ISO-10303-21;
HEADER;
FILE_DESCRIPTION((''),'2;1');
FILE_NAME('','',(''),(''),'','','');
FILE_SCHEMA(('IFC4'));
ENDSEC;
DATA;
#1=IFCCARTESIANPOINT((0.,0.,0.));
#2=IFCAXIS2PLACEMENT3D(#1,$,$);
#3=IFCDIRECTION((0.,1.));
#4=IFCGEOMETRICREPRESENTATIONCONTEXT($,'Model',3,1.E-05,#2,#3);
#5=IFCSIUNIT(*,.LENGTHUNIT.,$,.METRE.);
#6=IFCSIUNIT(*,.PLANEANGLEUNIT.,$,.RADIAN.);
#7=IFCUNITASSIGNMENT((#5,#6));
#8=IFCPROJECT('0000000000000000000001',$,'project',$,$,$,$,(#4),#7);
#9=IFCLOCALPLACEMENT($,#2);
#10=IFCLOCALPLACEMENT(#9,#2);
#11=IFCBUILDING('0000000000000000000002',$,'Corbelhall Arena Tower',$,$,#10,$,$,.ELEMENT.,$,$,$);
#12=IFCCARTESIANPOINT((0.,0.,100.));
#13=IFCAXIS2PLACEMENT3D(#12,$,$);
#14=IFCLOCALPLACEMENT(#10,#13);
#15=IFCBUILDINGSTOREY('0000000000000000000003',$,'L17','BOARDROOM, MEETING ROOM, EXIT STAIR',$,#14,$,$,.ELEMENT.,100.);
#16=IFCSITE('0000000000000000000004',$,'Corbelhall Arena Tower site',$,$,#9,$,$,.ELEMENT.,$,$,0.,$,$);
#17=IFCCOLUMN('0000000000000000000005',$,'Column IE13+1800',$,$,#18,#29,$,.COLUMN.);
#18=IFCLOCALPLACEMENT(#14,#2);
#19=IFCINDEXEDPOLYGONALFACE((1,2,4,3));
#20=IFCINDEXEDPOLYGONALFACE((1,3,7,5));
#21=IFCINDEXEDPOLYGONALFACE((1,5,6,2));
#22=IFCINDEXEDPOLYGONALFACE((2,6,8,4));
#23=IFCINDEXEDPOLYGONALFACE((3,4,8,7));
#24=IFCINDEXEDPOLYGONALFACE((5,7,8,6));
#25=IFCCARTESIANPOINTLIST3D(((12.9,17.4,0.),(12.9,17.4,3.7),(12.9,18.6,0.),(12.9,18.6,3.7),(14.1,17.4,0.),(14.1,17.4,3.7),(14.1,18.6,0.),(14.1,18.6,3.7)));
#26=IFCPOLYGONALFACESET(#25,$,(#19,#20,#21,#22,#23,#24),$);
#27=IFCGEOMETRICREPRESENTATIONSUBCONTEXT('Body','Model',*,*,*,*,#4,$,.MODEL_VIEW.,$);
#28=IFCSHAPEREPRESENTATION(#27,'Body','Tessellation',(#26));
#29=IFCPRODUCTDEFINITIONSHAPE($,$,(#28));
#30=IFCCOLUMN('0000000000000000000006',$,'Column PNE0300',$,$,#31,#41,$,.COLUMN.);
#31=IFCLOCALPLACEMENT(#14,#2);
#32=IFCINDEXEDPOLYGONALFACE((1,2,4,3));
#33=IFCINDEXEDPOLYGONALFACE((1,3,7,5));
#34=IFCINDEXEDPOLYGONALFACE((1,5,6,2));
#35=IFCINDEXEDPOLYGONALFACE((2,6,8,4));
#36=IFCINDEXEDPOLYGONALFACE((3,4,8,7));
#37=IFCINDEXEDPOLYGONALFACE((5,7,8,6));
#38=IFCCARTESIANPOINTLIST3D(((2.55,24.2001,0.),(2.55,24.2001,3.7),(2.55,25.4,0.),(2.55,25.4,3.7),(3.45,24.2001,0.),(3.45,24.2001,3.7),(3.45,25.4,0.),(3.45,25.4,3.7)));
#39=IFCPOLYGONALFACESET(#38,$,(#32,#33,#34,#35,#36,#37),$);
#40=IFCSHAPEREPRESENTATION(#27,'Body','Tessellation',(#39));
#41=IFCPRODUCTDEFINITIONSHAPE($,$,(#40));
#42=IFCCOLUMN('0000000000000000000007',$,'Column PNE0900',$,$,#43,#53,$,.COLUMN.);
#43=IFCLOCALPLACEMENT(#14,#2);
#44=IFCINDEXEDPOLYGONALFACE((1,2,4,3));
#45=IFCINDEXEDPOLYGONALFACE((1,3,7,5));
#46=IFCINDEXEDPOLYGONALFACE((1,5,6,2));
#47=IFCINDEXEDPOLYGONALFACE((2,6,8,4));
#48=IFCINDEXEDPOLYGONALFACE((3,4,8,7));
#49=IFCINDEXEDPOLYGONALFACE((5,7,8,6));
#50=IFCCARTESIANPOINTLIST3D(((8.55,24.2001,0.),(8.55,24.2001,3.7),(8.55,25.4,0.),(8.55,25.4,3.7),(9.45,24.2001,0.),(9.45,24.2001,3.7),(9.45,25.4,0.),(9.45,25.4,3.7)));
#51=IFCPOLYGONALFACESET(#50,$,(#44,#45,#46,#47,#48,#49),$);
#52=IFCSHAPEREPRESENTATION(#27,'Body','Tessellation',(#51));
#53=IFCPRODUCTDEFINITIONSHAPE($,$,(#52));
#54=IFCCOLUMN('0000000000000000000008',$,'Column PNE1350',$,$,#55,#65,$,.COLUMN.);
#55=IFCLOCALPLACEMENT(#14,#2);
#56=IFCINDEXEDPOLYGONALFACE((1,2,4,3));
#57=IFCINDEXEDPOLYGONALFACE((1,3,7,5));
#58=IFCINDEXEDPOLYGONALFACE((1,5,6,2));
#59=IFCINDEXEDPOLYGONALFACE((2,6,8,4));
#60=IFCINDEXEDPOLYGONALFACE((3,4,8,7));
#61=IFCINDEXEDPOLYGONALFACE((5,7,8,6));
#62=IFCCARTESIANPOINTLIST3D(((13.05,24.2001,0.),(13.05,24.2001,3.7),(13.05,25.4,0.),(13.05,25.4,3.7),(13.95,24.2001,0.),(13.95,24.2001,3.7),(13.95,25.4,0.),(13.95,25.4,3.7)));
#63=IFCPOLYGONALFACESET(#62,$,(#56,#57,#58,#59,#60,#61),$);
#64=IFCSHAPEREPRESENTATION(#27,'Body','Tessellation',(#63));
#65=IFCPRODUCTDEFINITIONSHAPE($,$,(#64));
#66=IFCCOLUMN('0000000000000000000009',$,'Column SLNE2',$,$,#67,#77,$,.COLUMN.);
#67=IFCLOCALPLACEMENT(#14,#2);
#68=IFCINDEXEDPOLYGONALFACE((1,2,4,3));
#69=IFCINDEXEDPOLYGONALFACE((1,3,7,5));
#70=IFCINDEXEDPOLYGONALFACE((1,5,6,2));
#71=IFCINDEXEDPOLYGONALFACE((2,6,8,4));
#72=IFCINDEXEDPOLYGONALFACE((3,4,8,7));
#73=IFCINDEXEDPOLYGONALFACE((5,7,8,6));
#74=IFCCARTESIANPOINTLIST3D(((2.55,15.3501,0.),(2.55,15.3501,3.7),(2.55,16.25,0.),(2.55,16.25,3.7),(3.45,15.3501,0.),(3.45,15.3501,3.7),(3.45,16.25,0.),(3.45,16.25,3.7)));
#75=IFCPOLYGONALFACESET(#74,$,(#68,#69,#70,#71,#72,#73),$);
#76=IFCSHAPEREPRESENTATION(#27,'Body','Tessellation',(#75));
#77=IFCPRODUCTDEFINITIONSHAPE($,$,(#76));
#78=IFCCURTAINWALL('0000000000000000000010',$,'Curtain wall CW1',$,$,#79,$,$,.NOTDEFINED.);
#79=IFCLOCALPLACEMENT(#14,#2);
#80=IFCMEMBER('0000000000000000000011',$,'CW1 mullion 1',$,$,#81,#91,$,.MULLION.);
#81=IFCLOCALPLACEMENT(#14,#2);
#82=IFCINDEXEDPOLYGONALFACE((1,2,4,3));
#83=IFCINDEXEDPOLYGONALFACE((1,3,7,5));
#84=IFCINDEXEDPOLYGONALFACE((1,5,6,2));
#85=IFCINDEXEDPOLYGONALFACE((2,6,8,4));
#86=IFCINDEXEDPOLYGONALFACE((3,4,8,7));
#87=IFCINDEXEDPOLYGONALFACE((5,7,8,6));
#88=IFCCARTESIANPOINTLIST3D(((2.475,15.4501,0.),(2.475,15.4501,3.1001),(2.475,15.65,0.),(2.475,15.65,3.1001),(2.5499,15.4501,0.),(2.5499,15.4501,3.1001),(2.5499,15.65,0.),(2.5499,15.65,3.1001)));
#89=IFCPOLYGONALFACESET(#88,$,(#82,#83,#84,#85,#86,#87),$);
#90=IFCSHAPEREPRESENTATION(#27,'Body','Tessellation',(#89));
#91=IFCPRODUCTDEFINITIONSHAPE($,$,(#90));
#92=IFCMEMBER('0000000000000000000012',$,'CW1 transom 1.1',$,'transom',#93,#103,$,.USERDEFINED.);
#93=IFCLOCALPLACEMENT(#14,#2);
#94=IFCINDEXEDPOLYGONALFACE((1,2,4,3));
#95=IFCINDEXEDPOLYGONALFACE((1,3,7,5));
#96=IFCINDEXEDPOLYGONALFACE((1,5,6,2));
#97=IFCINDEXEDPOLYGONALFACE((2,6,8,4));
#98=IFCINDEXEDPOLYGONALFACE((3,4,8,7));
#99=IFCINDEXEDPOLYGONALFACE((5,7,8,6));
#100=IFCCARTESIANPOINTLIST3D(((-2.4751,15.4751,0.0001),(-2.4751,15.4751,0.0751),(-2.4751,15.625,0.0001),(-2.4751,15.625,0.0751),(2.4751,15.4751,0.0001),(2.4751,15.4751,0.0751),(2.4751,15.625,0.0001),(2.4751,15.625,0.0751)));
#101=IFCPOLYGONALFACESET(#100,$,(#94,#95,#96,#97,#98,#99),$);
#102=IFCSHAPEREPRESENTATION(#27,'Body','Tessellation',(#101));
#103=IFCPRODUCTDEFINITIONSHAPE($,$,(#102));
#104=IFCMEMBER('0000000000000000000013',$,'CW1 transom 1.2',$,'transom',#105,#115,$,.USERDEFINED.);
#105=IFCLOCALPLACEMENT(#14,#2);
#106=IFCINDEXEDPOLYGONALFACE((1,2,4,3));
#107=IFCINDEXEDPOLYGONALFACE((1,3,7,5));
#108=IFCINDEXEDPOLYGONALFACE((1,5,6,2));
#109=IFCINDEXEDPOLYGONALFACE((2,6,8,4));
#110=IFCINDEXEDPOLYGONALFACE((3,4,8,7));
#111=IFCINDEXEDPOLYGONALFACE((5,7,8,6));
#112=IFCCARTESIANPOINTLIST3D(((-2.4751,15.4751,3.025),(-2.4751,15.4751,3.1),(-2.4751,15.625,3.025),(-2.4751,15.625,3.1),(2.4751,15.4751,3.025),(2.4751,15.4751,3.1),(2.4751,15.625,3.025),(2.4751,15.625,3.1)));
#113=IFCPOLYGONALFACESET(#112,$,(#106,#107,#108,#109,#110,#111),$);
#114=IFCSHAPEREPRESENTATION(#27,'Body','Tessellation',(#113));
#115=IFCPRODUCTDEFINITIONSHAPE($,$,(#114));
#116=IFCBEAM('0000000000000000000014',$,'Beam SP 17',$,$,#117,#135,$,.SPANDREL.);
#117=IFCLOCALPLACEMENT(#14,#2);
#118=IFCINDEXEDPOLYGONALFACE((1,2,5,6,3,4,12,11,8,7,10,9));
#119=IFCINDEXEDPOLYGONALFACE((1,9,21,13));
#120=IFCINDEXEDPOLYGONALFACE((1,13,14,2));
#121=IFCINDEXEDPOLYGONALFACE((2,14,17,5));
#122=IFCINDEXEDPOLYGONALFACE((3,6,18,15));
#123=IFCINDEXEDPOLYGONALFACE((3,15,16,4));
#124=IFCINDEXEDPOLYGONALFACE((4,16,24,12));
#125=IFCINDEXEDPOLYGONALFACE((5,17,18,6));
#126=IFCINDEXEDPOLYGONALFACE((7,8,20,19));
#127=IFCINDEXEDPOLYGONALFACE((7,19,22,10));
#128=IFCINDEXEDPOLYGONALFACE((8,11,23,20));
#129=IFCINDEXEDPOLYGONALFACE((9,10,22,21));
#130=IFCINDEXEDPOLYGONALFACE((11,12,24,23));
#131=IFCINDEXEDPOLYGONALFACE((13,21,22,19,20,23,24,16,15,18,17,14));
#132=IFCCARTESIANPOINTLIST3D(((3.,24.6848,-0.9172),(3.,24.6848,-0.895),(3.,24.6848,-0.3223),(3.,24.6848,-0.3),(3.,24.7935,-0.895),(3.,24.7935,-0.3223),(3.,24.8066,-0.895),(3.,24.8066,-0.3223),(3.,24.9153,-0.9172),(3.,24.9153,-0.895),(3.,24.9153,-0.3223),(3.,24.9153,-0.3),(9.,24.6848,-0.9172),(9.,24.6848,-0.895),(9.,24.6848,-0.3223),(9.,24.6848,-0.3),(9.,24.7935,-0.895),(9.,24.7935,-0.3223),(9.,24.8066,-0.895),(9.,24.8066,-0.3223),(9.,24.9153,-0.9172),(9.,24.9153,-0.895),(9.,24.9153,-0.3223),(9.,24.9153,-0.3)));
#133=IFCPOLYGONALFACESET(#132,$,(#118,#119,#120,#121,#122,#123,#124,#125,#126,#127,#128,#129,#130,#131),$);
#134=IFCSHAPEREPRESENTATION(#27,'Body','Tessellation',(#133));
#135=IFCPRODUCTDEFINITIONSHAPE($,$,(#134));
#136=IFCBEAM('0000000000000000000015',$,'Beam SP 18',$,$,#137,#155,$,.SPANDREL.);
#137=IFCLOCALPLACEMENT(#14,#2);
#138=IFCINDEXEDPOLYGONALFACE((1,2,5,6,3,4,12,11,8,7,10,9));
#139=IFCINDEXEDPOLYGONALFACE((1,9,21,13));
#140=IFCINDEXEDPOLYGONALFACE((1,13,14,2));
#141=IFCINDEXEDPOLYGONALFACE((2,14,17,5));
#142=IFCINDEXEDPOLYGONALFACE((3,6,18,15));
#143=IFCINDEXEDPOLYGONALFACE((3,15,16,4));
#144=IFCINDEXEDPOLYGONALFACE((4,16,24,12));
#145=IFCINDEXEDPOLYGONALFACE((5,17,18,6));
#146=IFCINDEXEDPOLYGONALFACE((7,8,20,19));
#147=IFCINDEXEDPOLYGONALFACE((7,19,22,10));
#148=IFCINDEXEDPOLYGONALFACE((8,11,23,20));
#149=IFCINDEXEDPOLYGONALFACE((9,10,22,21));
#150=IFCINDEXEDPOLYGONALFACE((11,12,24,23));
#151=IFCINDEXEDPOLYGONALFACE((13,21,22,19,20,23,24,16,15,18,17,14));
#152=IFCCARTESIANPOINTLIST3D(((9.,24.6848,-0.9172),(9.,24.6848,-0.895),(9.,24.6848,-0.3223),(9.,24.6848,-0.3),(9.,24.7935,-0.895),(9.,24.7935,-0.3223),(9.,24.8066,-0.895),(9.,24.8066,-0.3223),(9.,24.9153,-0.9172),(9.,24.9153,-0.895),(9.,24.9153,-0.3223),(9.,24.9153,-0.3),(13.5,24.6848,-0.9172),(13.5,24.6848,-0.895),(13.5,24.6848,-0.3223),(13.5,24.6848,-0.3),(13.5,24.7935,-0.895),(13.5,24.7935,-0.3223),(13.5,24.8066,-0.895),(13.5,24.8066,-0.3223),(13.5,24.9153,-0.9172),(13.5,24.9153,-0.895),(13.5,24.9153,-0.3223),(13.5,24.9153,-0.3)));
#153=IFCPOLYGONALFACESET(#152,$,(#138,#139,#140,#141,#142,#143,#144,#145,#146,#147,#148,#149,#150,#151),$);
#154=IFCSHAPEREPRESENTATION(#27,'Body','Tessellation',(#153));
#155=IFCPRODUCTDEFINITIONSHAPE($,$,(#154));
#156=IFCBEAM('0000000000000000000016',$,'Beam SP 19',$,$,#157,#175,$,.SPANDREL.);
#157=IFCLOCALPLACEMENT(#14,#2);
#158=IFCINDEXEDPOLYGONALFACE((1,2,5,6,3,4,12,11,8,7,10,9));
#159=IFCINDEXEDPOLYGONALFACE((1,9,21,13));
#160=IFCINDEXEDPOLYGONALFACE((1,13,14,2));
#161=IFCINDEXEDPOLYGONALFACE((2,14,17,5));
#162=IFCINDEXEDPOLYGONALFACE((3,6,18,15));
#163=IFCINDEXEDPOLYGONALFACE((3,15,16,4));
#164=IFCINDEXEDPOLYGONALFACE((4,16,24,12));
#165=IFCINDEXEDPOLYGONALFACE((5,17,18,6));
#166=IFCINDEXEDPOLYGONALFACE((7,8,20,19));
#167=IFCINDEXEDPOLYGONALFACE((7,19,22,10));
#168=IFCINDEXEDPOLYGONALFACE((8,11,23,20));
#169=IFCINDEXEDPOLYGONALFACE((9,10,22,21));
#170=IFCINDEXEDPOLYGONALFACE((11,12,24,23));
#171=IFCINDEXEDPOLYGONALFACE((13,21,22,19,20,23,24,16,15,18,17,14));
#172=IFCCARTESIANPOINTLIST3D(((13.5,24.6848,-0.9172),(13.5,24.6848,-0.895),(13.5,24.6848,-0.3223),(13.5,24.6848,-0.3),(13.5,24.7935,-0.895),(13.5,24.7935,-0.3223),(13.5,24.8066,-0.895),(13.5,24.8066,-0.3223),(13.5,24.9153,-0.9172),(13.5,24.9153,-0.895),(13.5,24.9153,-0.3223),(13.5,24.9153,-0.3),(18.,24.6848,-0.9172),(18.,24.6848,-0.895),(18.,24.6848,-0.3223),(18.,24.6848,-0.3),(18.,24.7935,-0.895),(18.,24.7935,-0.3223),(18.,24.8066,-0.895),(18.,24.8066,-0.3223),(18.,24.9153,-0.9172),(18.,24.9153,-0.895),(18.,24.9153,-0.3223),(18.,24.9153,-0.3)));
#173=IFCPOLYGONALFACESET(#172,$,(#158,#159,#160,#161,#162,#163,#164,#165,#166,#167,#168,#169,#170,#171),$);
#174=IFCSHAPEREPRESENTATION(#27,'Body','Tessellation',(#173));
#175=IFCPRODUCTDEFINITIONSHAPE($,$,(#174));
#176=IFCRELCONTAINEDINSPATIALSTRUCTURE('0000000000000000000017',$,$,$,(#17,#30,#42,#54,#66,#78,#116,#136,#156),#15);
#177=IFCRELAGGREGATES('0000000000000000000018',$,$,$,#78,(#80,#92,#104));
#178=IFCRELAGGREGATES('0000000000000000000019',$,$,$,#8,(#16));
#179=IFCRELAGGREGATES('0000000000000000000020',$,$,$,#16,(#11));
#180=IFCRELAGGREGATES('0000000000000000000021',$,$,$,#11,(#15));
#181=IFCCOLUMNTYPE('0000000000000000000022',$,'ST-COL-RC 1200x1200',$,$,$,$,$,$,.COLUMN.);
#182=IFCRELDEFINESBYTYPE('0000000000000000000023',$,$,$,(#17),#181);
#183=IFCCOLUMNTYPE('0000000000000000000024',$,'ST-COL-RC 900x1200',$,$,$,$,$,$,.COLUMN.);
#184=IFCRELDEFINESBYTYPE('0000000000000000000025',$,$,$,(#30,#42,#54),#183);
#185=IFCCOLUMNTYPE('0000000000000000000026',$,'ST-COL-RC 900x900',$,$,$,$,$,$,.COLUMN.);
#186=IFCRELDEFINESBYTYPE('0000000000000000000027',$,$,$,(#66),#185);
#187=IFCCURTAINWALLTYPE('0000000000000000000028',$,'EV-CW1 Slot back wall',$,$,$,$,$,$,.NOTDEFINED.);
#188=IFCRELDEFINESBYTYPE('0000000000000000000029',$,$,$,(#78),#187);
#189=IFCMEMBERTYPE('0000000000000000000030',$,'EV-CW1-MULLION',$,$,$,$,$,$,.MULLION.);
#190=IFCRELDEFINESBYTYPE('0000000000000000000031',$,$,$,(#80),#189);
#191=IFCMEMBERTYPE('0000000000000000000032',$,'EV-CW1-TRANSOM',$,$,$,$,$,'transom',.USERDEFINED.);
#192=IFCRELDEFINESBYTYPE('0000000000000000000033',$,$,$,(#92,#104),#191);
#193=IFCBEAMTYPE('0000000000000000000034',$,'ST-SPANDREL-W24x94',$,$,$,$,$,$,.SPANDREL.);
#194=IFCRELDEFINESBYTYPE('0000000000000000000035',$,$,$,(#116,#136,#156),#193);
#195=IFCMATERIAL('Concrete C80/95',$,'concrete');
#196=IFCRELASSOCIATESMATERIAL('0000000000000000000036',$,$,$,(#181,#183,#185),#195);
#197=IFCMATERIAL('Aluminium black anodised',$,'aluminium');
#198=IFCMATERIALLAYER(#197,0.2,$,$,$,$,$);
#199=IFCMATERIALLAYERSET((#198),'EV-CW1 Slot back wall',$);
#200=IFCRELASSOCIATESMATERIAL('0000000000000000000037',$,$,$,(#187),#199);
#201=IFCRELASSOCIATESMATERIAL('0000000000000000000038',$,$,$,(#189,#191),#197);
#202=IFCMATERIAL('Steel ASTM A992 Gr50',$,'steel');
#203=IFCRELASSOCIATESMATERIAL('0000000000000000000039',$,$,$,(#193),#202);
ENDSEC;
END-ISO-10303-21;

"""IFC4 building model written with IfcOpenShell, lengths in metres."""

from ifc_helpers import new_model, si_unit, direction, frame, origin, origin_2d, place, context, subcontext, project, spatial, rectangle, i_section, extrude, material, layer, layer_set, material_profile, profile_set, type_object, element, aggregate, save


model = new_model("IFC4")

# Units and contexts
model_context = context("Model", 3, precision=1e-05, world=origin(), true_north=direction((0.0, 1.0)))
body_context = subcontext(model_context, "Body", "Model", "MODEL_VIEW")
ifc_project = project(units=[si_unit("LENGTHUNIT", "METRE"), si_unit("PLANEANGLEUNIT", "RADIAN")], contexts=[model_context])

# Site, building, storey
site_placement = place(None, origin())
site = spatial("IfcSite", under=ifc_project, at=site_placement, Name="Corbelhall Arena Tower site", CompositionType="ELEMENT", RefElevation=0.0)
building_placement = place(site_placement, origin())
building = spatial("IfcBuilding", under=site, at=building_placement, Name="Corbelhall Arena Tower", CompositionType="ELEMENT")
storey_placement = place(building_placement, frame((0.0, 0.0, 100.0)))
storey = spatial("IfcBuildingStorey", under=building, at=storey_placement, Name="L17", Description="BOARDROOM, MEETING ROOM, EXIT STAIR", CompositionType="ELEMENT", Elevation=100.0)

# Columns
ifc_material_1 = material(Name="Concrete C80/95", Category="concrete")
ifc_material_profile_1 = material_profile(ifc_material_1, rectangle(XDim=1.2, YDim=1.2, at=origin_2d()))
ifc_profile_set_1 = profile_set([ifc_material_profile_1], Name="Concrete C80/95")
column_type_1 = type_object("IfcColumnType", Name="ST-COL-RC 1200x1200", PredefinedType="COLUMN", material=ifc_profile_set_1)
column_1_placement = place(storey_placement, frame((13.5, 18.0, 0.0), z_axis=(0.0, 0.0, 1.0), x_axis=(1.0, 0.0, 0.0)))
element("IfcColumn", 1, at=column_1_placement, inside=storey, type_object=column_type_1, Name="Column IE13+1800", PredefinedType="COLUMN", context=body_context, shape_type="SweptSolid", body=[
    extrude(rectangle(XDim=1.2, YDim=1.2, at=origin_2d()), origin(), (0.0, 0.0, 1.0), 3.7),
])
ifc_material_profile_2 = material_profile(ifc_material_1, rectangle(XDim=0.8999, YDim=1.2, at=origin_2d()))
ifc_profile_set_2 = profile_set([ifc_material_profile_2], Name="Concrete C80/95")
column_type_2 = type_object("IfcColumnType", Name="ST-COL-RC 900x1200", PredefinedType="COLUMN", material=ifc_profile_set_2)
for number, where, z_axis, x_axis, name in (
    (2, (3.0, 24.8, 0.0), (0.0, 0.0, 1.0), (1.0, 0.0, 0.0), "Column PNE0300"),
    (3, (9.0, 24.8, 0.0), (0.0, 0.0, 1.0), (1.0, 0.0, 0.0), "Column PNE0900"),
    (4, (13.5, 24.8, 0.0), (0.0, 0.0, 1.0), (1.0, 0.0, 0.0), "Column PNE1350"),
):
    element("IfcColumn", number, at=place(storey_placement, frame(where, z_axis=z_axis, x_axis=x_axis)), inside=storey, type_object=column_type_2, Name=name, PredefinedType="COLUMN", context=body_context, shape_type="SweptSolid", body=[
        extrude(rectangle(XDim=0.8999, YDim=1.2, at=origin_2d()), origin(), (0.0, 0.0, 1.0), 3.7),
    ])
ifc_material_profile_3 = material_profile(ifc_material_1, rectangle(XDim=0.8999, YDim=0.8999, at=origin_2d()))
ifc_profile_set_3 = profile_set([ifc_material_profile_3], Name="Concrete C80/95")
column_type_3 = type_object("IfcColumnType", Name="ST-COL-RC 900x900", PredefinedType="COLUMN", material=ifc_profile_set_3)
column_2_placement = place(storey_placement, frame((3.0, 15.8, 0.0), z_axis=(0.0, 0.0, 1.0), x_axis=(1.0, 0.0, 0.0)))
element("IfcColumn", 5, at=column_2_placement, inside=storey, type_object=column_type_3, Name="Column SLNE2", PredefinedType="COLUMN", context=body_context, shape_type="SweptSolid", body=[
    extrude(rectangle(XDim=0.8999, YDim=0.8999, at=origin_2d()), origin(), (0.0, 0.0, 1.0), 3.7),
])

# Curtain wall, members
ifc_material_2 = material(Name="Aluminium black anodised", Category="aluminium")
ifc_layer_1 = layer(ifc_material_2, 0.2)
ifc_layer_set_1 = layer_set([ifc_layer_1], Name="EV-CW1 Slot back wall")
curtain_wall_type = type_object("IfcCurtainWallType", Name="EV-CW1 Slot back wall", PredefinedType="NOTDEFINED", material=ifc_layer_set_1)
curtain_wall_placement = place(storey_placement, origin())
curtain_wall = element("IfcCurtainWall", 6, at=curtain_wall_placement, inside=storey, type_object=curtain_wall_type, Name="Curtain wall CW1", PredefinedType="NOTDEFINED")
ifc_material_profile_4 = material_profile(ifc_material_2, rectangle(XDim=0.2, YDim=0.075, at=origin_2d()))
ifc_profile_set_4 = profile_set([ifc_material_profile_4], Name="Aluminium black anodised")
member_type_1 = type_object("IfcMemberType", Name="EV-CW1-MULLION", PredefinedType="MULLION", material=ifc_profile_set_4)
member_1_placement = place(storey_placement, frame((2.5125, 15.55, 0.0), z_axis=(0.0, 0.0, 1.0), x_axis=(0.0, -1.0, 0.0)))
member_1 = element("IfcMember", 7, at=member_1_placement, type_object=member_type_1, Name="CW1 mullion 1", PredefinedType="MULLION", context=body_context, shape_type="SweptSolid", body=[
    extrude(rectangle(XDim=0.2, YDim=0.075, at=origin_2d()), origin(), (0.0, 0.0, 1.0), 3.1001),
])
ifc_material_profile_5 = material_profile(ifc_material_2, rectangle(XDim=0.1499, YDim=0.075, at=origin_2d()))
ifc_profile_set_5 = profile_set([ifc_material_profile_5], Name="Aluminium black anodised")
member_type_2 = type_object("IfcMemberType", Name="EV-CW1-TRANSOM", ElementType="transom", PredefinedType="USERDEFINED", material=ifc_profile_set_5)
member_2_placement = place(storey_placement, frame((2.4751, 15.55, 0.0376), z_axis=(-1.0, 0.0, 0.0), x_axis=(0.0, -1.0, 0.0)))
member_2 = element("IfcMember", 8, at=member_2_placement, type_object=member_type_2, Name="CW1 transom 1.1", ObjectType="transom", PredefinedType="USERDEFINED", context=body_context, shape_type="SweptSolid", body=[
    extrude(rectangle(XDim=0.1499, YDim=0.075, at=origin_2d()), origin(), (0.0, 0.0, 1.0), 4.9502),
])
member_3_placement = place(storey_placement, frame((2.4751, 15.55, 3.0625), z_axis=(-1.0, 0.0, 0.0), x_axis=(0.0, -1.0, 0.0)))
member_3 = element("IfcMember", 9, at=member_3_placement, type_object=member_type_2, Name="CW1 transom 1.2", ObjectType="transom", PredefinedType="USERDEFINED", context=body_context, shape_type="SweptSolid", body=[
    extrude(rectangle(XDim=0.1499, YDim=0.075, at=origin_2d()), origin(), (0.0, 0.0, 1.0), 4.9502),
])

# Beams
ifc_material_3 = material(Name="Steel ASTM A992 Gr50", Category="steel")
ifc_material_profile_6 = material_profile(ifc_material_3, i_section(OverallWidth=0.2305, OverallDepth=0.6172, WebThickness=0.0132, FlangeThickness=0.0222, at=origin_2d()))
ifc_profile_set_6 = profile_set([ifc_material_profile_6], Name="Steel ASTM A992 Gr50")
beam_type_1 = type_object("IfcBeamType", Name="ST-SPANDREL-W24x94", PredefinedType="SPANDREL", material=ifc_profile_set_6)
beam_1_placement = place(storey_placement, frame((3.0, 24.8, -0.6086), z_axis=(1.0, 0.0, 0.0), x_axis=(0.0, 1.0, 0.0)))
element("IfcBeam", 10, at=beam_1_placement, inside=storey, type_object=beam_type_1, Name="Beam SP 17", PredefinedType="SPANDREL", context=body_context, shape_type="SweptSolid", body=[
    extrude(i_section(OverallWidth=0.2305, OverallDepth=0.6172, WebThickness=0.0132, FlangeThickness=0.0222, at=origin_2d()), origin(), (0.0, 0.0, 1.0), 6.0),
])
for number, where, z_axis, x_axis, name in (
    (11, (9.0, 24.8, -0.6086), (1.0, 0.0, 0.0), (0.0, 1.0, 0.0), "Beam SP 18"),
    (12, (13.5, 24.8, -0.6086), (1.0, 0.0, 0.0), (0.0, 1.0, 0.0), "Beam SP 19"),
):
    element("IfcBeam", number, at=place(storey_placement, frame(where, z_axis=z_axis, x_axis=x_axis)), inside=storey, type_object=beam_type_1, Name=name, PredefinedType="SPANDREL", context=body_context, shape_type="SweptSolid", body=[
        extrude(i_section(OverallWidth=0.2305, OverallDepth=0.6172, WebThickness=0.0132, FlangeThickness=0.0222, at=origin_2d()), origin(), (0.0, 0.0, 1.0), 4.5),
    ])

aggregate(curtain_wall, [member_1, member_2, member_3])

save(model, "model.ifc")
